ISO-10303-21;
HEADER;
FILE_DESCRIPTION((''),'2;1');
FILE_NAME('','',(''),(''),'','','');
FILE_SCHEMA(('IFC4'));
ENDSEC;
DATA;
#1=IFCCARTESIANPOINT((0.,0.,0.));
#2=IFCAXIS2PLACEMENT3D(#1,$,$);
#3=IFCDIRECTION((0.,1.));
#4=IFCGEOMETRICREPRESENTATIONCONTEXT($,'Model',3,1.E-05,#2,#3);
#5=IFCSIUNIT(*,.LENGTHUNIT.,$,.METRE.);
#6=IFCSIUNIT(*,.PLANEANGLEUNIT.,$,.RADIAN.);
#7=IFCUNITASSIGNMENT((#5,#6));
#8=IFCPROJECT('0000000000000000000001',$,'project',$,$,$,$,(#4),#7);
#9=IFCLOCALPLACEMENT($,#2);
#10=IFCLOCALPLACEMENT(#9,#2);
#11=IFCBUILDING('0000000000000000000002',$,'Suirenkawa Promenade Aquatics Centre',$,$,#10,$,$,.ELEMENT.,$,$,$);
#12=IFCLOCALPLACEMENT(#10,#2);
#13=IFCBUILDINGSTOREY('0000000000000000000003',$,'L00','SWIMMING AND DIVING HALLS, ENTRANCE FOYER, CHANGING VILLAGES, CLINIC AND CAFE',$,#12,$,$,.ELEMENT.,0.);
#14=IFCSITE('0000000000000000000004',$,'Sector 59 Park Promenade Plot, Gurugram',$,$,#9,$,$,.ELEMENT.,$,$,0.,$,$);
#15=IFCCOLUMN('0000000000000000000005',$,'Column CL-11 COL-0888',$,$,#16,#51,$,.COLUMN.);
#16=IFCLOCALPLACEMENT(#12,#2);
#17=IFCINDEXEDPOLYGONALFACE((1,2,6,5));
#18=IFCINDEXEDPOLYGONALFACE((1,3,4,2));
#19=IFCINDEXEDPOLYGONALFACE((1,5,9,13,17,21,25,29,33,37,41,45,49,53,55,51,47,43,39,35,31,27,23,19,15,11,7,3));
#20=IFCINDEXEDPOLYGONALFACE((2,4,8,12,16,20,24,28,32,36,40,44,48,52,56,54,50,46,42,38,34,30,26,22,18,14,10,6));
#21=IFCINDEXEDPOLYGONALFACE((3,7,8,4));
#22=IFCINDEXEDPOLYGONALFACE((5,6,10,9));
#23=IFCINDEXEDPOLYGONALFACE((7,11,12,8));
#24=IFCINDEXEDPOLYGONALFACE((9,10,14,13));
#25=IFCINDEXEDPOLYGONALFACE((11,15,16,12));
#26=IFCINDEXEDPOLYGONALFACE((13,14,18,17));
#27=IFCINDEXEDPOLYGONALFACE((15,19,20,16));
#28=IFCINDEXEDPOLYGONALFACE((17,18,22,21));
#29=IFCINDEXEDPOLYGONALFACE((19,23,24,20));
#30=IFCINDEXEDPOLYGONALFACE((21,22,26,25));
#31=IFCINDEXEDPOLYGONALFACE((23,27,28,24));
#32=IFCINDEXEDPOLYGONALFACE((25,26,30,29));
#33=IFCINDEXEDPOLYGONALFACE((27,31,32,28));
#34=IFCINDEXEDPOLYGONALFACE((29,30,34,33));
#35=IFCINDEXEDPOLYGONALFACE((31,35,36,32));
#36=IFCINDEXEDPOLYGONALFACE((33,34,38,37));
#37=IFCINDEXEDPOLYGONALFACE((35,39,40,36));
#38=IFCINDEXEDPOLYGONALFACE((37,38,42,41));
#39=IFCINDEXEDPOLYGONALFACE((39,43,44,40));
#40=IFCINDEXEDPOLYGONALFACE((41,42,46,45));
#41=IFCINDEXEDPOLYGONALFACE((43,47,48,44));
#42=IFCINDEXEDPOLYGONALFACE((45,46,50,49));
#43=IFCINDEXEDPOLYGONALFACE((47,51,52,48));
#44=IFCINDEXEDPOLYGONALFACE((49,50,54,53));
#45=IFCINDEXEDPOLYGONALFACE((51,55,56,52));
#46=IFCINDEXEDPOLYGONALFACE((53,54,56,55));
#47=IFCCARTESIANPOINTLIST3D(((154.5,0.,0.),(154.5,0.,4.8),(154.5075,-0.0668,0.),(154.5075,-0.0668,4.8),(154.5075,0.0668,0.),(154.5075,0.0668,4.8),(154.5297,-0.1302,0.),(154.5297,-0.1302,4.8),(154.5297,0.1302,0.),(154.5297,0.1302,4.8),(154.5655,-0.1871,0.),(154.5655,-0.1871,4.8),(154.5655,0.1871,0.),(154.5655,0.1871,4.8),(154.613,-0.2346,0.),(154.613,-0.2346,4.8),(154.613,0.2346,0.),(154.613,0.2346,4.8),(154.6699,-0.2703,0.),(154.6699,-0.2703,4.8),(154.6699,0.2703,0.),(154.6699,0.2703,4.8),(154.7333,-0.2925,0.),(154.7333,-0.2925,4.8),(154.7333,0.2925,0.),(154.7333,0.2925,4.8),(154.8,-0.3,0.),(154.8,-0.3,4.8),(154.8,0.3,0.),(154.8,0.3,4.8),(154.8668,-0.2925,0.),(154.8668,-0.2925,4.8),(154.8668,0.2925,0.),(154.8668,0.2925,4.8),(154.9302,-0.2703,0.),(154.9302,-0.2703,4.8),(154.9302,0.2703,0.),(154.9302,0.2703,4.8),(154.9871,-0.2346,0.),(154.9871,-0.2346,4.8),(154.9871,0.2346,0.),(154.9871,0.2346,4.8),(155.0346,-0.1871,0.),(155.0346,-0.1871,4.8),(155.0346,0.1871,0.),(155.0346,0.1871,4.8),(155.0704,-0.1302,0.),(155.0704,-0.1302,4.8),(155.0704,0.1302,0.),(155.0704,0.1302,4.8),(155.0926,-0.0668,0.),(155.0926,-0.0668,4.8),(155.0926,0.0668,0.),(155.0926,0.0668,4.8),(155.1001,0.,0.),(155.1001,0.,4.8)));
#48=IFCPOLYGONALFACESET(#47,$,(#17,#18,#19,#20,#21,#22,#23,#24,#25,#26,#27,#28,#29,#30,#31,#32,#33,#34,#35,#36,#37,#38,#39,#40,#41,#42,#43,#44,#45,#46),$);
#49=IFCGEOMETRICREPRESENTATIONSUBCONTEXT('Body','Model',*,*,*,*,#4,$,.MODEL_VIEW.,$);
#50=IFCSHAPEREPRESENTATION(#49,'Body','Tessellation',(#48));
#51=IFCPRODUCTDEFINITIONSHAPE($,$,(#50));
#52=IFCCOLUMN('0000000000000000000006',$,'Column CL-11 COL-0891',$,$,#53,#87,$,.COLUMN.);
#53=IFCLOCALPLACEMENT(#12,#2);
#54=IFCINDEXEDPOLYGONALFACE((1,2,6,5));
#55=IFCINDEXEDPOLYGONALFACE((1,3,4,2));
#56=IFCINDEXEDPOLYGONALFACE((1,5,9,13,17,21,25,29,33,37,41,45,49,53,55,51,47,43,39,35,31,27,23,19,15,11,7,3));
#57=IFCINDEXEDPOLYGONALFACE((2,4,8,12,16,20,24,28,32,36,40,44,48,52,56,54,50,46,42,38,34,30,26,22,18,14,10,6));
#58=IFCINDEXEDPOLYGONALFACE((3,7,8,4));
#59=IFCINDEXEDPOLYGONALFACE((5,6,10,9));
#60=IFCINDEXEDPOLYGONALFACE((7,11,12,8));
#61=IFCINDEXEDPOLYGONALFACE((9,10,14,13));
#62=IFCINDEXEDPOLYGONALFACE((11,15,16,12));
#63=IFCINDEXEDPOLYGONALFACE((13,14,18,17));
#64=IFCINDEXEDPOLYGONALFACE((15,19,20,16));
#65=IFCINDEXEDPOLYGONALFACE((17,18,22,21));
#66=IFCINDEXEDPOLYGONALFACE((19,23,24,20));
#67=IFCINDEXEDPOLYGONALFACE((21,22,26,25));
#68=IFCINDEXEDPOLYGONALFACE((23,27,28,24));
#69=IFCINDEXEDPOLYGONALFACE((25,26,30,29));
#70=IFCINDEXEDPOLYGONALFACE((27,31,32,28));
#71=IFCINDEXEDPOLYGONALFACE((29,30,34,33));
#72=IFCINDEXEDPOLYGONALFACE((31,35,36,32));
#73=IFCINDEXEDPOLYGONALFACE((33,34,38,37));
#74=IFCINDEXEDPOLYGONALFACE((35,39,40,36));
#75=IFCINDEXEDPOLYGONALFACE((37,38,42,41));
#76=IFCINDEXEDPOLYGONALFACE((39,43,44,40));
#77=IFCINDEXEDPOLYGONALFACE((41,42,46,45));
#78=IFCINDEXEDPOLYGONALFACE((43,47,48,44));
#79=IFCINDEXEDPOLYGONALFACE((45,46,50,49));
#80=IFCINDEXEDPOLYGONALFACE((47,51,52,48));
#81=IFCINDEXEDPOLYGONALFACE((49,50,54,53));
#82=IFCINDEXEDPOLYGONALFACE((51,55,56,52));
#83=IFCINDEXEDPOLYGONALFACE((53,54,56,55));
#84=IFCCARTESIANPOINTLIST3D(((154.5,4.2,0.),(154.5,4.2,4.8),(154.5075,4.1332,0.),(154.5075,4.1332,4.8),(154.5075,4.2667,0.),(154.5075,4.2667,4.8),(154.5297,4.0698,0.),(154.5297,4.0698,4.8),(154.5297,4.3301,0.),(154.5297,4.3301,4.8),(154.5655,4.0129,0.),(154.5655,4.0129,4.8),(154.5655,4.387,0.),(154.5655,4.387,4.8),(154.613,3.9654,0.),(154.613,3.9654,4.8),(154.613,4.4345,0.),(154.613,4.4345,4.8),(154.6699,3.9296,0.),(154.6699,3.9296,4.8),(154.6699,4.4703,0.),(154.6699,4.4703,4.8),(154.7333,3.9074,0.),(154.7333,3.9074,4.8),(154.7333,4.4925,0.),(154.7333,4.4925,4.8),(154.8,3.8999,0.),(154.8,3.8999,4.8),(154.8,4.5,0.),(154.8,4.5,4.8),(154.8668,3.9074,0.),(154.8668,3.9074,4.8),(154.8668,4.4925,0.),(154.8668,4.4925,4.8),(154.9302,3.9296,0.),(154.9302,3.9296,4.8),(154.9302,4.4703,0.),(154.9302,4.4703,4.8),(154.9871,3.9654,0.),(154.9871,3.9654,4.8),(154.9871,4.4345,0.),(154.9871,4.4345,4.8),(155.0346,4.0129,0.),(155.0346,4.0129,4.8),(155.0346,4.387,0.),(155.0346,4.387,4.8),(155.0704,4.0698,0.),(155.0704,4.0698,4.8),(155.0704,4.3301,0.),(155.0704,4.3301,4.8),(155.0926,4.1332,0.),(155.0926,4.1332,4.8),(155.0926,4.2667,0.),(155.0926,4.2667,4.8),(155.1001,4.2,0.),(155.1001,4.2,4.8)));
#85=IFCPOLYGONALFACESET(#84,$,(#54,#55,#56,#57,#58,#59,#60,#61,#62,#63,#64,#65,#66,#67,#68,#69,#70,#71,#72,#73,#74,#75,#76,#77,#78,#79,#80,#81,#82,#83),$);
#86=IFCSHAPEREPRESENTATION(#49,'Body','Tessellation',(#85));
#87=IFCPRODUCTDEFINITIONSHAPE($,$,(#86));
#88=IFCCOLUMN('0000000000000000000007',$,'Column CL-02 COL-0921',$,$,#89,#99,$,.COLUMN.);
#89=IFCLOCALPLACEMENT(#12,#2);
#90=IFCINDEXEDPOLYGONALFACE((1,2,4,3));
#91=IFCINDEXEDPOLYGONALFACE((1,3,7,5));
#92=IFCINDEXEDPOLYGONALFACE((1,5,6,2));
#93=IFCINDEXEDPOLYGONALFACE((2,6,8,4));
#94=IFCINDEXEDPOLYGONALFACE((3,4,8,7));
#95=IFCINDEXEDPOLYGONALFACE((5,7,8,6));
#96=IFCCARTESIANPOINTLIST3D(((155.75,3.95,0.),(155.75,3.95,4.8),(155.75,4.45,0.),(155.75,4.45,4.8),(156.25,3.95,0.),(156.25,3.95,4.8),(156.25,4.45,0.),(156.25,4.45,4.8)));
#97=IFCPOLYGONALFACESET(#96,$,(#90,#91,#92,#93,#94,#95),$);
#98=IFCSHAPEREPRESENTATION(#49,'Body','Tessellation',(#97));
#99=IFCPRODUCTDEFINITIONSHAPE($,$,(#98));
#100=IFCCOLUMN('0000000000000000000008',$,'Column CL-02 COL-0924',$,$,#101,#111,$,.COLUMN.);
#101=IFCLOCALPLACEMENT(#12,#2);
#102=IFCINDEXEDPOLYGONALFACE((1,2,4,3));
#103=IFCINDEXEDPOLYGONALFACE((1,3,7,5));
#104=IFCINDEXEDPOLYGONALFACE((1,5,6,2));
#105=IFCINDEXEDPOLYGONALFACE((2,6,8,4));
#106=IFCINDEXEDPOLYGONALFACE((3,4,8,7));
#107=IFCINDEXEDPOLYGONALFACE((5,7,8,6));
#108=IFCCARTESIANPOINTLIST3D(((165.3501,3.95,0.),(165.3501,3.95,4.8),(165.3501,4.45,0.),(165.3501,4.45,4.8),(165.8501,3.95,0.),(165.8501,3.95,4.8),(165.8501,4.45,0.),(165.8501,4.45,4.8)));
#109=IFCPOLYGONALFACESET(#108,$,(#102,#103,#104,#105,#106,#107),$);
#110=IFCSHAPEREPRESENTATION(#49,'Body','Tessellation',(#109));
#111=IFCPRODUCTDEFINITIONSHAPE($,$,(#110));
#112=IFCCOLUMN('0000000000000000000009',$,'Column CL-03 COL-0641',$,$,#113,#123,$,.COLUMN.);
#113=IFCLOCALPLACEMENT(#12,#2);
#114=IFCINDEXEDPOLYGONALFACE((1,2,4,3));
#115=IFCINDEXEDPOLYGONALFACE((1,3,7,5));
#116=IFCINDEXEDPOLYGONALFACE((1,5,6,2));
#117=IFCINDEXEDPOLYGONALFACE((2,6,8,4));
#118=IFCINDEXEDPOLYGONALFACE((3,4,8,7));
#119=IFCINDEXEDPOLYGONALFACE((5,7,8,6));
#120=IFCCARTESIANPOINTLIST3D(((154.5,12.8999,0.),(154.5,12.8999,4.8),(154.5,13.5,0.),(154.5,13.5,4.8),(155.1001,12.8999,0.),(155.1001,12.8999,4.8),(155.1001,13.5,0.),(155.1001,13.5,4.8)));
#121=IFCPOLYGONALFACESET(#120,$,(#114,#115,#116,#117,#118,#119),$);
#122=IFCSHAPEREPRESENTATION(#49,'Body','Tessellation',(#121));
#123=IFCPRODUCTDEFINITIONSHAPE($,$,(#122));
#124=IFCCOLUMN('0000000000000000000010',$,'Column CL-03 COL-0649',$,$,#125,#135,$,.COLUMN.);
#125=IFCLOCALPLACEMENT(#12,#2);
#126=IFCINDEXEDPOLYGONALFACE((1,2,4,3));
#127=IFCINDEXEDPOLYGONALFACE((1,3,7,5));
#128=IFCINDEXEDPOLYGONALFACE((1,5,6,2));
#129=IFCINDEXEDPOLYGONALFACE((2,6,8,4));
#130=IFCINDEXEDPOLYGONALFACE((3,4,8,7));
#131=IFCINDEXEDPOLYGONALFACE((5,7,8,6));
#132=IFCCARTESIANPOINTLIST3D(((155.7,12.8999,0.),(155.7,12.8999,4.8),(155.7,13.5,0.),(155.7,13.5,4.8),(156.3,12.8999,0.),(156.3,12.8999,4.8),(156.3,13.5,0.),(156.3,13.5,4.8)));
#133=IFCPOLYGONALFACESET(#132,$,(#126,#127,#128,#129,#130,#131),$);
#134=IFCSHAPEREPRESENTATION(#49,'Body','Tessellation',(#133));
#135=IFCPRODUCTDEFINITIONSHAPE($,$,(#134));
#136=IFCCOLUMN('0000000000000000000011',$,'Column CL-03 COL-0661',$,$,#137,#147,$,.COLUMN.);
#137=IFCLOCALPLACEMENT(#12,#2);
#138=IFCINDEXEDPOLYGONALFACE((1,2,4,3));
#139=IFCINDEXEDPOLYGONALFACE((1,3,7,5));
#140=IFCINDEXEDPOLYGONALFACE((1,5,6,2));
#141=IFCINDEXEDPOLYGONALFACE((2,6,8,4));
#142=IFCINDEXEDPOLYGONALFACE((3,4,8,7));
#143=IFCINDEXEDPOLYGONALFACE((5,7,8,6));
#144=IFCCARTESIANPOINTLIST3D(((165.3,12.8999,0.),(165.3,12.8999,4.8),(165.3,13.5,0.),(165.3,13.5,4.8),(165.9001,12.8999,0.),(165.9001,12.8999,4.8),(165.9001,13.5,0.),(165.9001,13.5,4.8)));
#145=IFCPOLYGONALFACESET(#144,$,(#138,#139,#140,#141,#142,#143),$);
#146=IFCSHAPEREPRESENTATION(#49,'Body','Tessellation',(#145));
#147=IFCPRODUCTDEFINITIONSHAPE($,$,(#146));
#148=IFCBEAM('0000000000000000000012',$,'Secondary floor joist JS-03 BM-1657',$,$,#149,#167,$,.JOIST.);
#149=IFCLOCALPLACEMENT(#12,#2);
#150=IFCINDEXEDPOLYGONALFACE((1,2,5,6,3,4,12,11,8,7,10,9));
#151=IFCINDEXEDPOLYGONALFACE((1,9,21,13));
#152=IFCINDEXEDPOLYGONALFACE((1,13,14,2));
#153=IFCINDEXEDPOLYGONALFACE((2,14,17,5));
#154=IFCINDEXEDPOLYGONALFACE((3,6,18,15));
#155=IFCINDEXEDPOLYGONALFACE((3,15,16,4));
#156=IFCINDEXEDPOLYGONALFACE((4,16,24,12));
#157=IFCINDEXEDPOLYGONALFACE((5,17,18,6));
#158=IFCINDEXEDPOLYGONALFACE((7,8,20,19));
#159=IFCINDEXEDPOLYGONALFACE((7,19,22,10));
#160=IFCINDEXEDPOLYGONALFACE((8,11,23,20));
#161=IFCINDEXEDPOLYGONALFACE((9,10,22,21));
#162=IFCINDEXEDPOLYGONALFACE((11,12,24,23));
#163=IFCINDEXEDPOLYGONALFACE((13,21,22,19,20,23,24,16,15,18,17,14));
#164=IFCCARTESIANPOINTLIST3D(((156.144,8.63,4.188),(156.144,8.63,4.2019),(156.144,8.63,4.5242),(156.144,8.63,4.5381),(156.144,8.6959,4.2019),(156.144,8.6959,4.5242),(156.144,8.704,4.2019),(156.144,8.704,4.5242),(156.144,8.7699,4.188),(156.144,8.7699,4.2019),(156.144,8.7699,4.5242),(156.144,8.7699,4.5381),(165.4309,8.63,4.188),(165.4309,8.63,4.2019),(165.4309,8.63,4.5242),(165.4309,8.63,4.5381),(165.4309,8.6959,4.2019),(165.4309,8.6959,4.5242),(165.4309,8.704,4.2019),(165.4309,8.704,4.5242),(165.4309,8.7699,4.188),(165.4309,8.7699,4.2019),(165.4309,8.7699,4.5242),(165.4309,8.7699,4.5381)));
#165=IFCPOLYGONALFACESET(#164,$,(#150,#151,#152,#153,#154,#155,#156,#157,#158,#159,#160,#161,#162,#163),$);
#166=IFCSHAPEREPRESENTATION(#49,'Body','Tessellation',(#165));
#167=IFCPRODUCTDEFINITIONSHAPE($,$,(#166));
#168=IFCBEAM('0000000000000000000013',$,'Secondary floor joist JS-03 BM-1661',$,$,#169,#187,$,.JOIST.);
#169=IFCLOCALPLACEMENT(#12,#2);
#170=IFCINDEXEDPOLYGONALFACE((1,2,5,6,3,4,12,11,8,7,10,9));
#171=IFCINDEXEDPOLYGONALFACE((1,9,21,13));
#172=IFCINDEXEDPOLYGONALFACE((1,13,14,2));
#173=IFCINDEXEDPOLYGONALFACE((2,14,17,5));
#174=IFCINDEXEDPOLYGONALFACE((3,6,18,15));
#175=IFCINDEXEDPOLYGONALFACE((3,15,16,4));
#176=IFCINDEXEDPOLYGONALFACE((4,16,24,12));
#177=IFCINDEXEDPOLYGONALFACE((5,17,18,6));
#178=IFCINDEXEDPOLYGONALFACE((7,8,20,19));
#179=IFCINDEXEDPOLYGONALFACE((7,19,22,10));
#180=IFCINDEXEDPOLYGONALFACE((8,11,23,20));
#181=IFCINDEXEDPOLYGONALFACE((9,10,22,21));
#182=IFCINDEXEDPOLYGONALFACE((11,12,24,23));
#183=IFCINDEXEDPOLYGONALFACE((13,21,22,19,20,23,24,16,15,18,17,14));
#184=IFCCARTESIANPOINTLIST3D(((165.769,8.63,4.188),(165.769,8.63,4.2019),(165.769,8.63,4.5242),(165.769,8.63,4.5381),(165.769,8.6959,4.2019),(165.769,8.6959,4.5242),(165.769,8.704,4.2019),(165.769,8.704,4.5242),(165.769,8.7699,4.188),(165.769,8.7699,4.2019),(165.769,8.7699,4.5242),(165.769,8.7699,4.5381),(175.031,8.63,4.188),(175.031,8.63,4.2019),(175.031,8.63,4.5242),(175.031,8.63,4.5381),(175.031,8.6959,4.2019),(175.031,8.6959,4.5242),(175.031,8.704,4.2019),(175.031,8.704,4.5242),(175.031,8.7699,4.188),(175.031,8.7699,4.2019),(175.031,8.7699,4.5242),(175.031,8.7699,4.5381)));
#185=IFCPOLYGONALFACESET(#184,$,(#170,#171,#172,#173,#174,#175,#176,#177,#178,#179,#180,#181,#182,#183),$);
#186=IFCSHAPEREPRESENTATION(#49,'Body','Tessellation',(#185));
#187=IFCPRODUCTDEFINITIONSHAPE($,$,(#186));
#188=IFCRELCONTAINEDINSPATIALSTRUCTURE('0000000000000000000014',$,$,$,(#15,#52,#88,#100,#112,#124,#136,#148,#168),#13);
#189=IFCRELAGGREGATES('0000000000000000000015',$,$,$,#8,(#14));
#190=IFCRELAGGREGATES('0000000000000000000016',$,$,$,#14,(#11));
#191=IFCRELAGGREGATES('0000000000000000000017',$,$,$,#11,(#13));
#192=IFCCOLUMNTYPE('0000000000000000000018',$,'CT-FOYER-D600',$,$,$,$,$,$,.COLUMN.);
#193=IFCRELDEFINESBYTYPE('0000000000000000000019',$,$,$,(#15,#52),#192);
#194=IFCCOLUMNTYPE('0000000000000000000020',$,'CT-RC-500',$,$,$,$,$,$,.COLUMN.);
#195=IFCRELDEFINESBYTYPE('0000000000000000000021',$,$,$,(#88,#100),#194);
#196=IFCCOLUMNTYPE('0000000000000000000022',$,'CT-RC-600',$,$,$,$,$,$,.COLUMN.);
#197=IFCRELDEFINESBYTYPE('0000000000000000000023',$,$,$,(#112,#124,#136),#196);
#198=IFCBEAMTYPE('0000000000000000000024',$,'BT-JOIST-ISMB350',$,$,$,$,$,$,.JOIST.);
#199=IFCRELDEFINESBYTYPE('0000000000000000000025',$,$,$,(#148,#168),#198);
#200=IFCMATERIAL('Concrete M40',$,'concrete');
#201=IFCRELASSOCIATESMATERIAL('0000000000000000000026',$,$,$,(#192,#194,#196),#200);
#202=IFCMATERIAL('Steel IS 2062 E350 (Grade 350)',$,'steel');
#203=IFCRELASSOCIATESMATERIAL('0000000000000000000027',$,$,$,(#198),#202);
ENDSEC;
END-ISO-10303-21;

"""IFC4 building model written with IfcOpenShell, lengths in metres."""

from ifc_helpers import new_model, si_unit, direction, frame, origin, origin_2d, place, context, subcontext, project, spatial, rectangle, circle, i_section, extrude, material, material_profile, profile_set, type_object, element, save


model = new_model("IFC4")

# Units and contexts
model_context = context("Model", 3, precision=1e-05, world=origin(), true_north=direction((0.0, 1.0)))
body_context = subcontext(model_context, "Body", "Model", "MODEL_VIEW")
ifc_project = project(units=[si_unit("LENGTHUNIT", "METRE"), si_unit("PLANEANGLEUNIT", "RADIAN")], contexts=[model_context])

# Site, building, storey
site_placement = place(None, origin())
site = spatial("IfcSite", under=ifc_project, at=site_placement, Name="Sector 59 Park Promenade Plot, Gurugram", CompositionType="ELEMENT", RefElevation=0.0)
building_placement = place(site_placement, origin())
building = spatial("IfcBuilding", under=site, at=building_placement, Name="Suirenkawa Promenade Aquatics Centre", CompositionType="ELEMENT")
storey_placement = place(building_placement, origin())
storey = spatial("IfcBuildingStorey", under=building, at=storey_placement, Name="L00", Description="SWIMMING AND DIVING HALLS, ENTRANCE FOYER, CHANGING VILLAGES, CLINIC AND CAFE", CompositionType="ELEMENT", Elevation=0.0)

# Columns
ifc_material_1 = material(Name="Concrete M40", Category="concrete")
ifc_material_profile_1 = material_profile(ifc_material_1, circle(Radius=0.3, at=origin_2d()), Name="RC FOYER D600", Category="concrete")
ifc_profile_set_1 = profile_set([ifc_material_profile_1], Name="Concrete M40")
column_type_1 = type_object("IfcColumnType", Name="CT-FOYER-D600", PredefinedType="COLUMN", material=ifc_profile_set_1)
for number, where, z_axis, x_axis, name in (
    (1, (154.8, 0.0, 0.0), (0.0, 0.0, 1.0), (1.0, 0.0, 0.0), "Column CL-11 COL-0888"),
    (2, (154.8, 4.2, 0.0), (0.0, 0.0, 1.0), (1.0, 0.0, 0.0), "Column CL-11 COL-0891"),
):
    element("IfcColumn", number, at=place(storey_placement, frame(where, z_axis=z_axis, x_axis=x_axis)), inside=storey, type_object=column_type_1, Name=name, PredefinedType="COLUMN", context=body_context, shape_type="SweptSolid", body=[
        extrude(circle(Radius=0.3, at=origin_2d()), origin(), (0.0, 0.0, 1.0), 4.8),
    ])
ifc_material_profile_2 = material_profile(ifc_material_1, rectangle(XDim=0.5, YDim=0.5, at=origin_2d()), Name="RC COL 500x500", Category="concrete")
ifc_profile_set_2 = profile_set([ifc_material_profile_2], Name="Concrete M40")
column_type_2 = type_object("IfcColumnType", Name="CT-RC-500", PredefinedType="COLUMN", material=ifc_profile_set_2)
for number, where, z_axis, x_axis, name in (
    (3, (156.0, 4.2, 0.0), (0.0, 0.0, 1.0), (1.0, 0.0, 0.0), "Column CL-02 COL-0921"),
    (4, (165.6001, 4.2, 0.0), (0.0, 0.0, 1.0), (1.0, 0.0, 0.0), "Column CL-02 COL-0924"),
):
    element("IfcColumn", number, at=place(storey_placement, frame(where, z_axis=z_axis, x_axis=x_axis)), inside=storey, type_object=column_type_2, Name=name, PredefinedType="COLUMN", context=body_context, shape_type="SweptSolid", body=[
        extrude(rectangle(XDim=0.5, YDim=0.5, at=origin_2d()), origin(), (0.0, 0.0, 1.0), 4.8),
    ])
ifc_material_profile_3 = material_profile(ifc_material_1, rectangle(XDim=0.6001, YDim=0.6001, at=origin_2d()), Name="RC COL 600x600", Category="concrete")
ifc_profile_set_3 = profile_set([ifc_material_profile_3], Name="Concrete M40")
column_type_3 = type_object("IfcColumnType", Name="CT-RC-600", PredefinedType="COLUMN", material=ifc_profile_set_3)
for number, where, z_axis, x_axis, name in (
    (5, (154.8, 13.2, 0.0), (0.0, 0.0, 1.0), (1.0, 0.0, 0.0), "Column CL-03 COL-0641"),
    (6, (156.0, 13.2, 0.0), (0.0, 0.0, 1.0), (1.0, 0.0, 0.0), "Column CL-03 COL-0649"),
    (7, (165.6001, 13.2, 0.0), (0.0, 0.0, 1.0), (1.0, 0.0, 0.0), "Column CL-03 COL-0661"),
):
    element("IfcColumn", number, at=place(storey_placement, frame(where, z_axis=z_axis, x_axis=x_axis)), inside=storey, type_object=column_type_3, Name=name, PredefinedType="COLUMN", context=body_context, shape_type="SweptSolid", body=[
        extrude(rectangle(XDim=0.6001, YDim=0.6001, at=origin_2d()), origin(), (0.0, 0.0, 1.0), 4.8),
    ])

# Beams
ifc_material_2 = material(Name="Steel IS 2062 E350 (Grade 350)", Category="steel")
ifc_material_profile_4 = material_profile(ifc_material_2, i_section(OverallWidth=0.1399, OverallDepth=0.3501, WebThickness=0.0081, FlangeThickness=0.0139, at=origin_2d()), Name="ISMB 350", Category="steel")
ifc_profile_set_4 = profile_set([ifc_material_profile_4], Name="Steel IS 2062 E350 (Grade 350)")
beam_type_1 = type_object("IfcBeamType", Name="BT-JOIST-ISMB350", PredefinedType="JOIST", material=ifc_profile_set_4)
beam_1_placement = place(storey_placement, frame((156.144, 8.7, 4.363), z_axis=(1.0, 0.0, 0.0), x_axis=(0.0, 1.0, 0.0)))
element("IfcBeam", 8, at=beam_1_placement, inside=storey, type_object=beam_type_1, Name="Secondary floor joist JS-03 BM-1657", PredefinedType="JOIST", context=body_context, shape_type="SweptSolid", body=[
    extrude(i_section(OverallWidth=0.1399, OverallDepth=0.3501, WebThickness=0.0081, FlangeThickness=0.0139, at=origin_2d()), origin(), (0.0, 0.0, 1.0), 9.2869),
])
beam_2_placement = place(storey_placement, frame((165.769, 8.7, 4.363), z_axis=(1.0, 0.0, 0.0), x_axis=(0.0, 1.0, 0.0)))
element("IfcBeam", 9, at=beam_2_placement, inside=storey, type_object=beam_type_1, Name="Secondary floor joist JS-03 BM-1661", PredefinedType="JOIST", context=body_context, shape_type="SweptSolid", body=[
    extrude(i_section(OverallWidth=0.1399, OverallDepth=0.3501, WebThickness=0.0081, FlangeThickness=0.0139, at=origin_2d()), origin(), (0.0, 0.0, 1.0), 9.262),
])

save(model, "model.ifc")
